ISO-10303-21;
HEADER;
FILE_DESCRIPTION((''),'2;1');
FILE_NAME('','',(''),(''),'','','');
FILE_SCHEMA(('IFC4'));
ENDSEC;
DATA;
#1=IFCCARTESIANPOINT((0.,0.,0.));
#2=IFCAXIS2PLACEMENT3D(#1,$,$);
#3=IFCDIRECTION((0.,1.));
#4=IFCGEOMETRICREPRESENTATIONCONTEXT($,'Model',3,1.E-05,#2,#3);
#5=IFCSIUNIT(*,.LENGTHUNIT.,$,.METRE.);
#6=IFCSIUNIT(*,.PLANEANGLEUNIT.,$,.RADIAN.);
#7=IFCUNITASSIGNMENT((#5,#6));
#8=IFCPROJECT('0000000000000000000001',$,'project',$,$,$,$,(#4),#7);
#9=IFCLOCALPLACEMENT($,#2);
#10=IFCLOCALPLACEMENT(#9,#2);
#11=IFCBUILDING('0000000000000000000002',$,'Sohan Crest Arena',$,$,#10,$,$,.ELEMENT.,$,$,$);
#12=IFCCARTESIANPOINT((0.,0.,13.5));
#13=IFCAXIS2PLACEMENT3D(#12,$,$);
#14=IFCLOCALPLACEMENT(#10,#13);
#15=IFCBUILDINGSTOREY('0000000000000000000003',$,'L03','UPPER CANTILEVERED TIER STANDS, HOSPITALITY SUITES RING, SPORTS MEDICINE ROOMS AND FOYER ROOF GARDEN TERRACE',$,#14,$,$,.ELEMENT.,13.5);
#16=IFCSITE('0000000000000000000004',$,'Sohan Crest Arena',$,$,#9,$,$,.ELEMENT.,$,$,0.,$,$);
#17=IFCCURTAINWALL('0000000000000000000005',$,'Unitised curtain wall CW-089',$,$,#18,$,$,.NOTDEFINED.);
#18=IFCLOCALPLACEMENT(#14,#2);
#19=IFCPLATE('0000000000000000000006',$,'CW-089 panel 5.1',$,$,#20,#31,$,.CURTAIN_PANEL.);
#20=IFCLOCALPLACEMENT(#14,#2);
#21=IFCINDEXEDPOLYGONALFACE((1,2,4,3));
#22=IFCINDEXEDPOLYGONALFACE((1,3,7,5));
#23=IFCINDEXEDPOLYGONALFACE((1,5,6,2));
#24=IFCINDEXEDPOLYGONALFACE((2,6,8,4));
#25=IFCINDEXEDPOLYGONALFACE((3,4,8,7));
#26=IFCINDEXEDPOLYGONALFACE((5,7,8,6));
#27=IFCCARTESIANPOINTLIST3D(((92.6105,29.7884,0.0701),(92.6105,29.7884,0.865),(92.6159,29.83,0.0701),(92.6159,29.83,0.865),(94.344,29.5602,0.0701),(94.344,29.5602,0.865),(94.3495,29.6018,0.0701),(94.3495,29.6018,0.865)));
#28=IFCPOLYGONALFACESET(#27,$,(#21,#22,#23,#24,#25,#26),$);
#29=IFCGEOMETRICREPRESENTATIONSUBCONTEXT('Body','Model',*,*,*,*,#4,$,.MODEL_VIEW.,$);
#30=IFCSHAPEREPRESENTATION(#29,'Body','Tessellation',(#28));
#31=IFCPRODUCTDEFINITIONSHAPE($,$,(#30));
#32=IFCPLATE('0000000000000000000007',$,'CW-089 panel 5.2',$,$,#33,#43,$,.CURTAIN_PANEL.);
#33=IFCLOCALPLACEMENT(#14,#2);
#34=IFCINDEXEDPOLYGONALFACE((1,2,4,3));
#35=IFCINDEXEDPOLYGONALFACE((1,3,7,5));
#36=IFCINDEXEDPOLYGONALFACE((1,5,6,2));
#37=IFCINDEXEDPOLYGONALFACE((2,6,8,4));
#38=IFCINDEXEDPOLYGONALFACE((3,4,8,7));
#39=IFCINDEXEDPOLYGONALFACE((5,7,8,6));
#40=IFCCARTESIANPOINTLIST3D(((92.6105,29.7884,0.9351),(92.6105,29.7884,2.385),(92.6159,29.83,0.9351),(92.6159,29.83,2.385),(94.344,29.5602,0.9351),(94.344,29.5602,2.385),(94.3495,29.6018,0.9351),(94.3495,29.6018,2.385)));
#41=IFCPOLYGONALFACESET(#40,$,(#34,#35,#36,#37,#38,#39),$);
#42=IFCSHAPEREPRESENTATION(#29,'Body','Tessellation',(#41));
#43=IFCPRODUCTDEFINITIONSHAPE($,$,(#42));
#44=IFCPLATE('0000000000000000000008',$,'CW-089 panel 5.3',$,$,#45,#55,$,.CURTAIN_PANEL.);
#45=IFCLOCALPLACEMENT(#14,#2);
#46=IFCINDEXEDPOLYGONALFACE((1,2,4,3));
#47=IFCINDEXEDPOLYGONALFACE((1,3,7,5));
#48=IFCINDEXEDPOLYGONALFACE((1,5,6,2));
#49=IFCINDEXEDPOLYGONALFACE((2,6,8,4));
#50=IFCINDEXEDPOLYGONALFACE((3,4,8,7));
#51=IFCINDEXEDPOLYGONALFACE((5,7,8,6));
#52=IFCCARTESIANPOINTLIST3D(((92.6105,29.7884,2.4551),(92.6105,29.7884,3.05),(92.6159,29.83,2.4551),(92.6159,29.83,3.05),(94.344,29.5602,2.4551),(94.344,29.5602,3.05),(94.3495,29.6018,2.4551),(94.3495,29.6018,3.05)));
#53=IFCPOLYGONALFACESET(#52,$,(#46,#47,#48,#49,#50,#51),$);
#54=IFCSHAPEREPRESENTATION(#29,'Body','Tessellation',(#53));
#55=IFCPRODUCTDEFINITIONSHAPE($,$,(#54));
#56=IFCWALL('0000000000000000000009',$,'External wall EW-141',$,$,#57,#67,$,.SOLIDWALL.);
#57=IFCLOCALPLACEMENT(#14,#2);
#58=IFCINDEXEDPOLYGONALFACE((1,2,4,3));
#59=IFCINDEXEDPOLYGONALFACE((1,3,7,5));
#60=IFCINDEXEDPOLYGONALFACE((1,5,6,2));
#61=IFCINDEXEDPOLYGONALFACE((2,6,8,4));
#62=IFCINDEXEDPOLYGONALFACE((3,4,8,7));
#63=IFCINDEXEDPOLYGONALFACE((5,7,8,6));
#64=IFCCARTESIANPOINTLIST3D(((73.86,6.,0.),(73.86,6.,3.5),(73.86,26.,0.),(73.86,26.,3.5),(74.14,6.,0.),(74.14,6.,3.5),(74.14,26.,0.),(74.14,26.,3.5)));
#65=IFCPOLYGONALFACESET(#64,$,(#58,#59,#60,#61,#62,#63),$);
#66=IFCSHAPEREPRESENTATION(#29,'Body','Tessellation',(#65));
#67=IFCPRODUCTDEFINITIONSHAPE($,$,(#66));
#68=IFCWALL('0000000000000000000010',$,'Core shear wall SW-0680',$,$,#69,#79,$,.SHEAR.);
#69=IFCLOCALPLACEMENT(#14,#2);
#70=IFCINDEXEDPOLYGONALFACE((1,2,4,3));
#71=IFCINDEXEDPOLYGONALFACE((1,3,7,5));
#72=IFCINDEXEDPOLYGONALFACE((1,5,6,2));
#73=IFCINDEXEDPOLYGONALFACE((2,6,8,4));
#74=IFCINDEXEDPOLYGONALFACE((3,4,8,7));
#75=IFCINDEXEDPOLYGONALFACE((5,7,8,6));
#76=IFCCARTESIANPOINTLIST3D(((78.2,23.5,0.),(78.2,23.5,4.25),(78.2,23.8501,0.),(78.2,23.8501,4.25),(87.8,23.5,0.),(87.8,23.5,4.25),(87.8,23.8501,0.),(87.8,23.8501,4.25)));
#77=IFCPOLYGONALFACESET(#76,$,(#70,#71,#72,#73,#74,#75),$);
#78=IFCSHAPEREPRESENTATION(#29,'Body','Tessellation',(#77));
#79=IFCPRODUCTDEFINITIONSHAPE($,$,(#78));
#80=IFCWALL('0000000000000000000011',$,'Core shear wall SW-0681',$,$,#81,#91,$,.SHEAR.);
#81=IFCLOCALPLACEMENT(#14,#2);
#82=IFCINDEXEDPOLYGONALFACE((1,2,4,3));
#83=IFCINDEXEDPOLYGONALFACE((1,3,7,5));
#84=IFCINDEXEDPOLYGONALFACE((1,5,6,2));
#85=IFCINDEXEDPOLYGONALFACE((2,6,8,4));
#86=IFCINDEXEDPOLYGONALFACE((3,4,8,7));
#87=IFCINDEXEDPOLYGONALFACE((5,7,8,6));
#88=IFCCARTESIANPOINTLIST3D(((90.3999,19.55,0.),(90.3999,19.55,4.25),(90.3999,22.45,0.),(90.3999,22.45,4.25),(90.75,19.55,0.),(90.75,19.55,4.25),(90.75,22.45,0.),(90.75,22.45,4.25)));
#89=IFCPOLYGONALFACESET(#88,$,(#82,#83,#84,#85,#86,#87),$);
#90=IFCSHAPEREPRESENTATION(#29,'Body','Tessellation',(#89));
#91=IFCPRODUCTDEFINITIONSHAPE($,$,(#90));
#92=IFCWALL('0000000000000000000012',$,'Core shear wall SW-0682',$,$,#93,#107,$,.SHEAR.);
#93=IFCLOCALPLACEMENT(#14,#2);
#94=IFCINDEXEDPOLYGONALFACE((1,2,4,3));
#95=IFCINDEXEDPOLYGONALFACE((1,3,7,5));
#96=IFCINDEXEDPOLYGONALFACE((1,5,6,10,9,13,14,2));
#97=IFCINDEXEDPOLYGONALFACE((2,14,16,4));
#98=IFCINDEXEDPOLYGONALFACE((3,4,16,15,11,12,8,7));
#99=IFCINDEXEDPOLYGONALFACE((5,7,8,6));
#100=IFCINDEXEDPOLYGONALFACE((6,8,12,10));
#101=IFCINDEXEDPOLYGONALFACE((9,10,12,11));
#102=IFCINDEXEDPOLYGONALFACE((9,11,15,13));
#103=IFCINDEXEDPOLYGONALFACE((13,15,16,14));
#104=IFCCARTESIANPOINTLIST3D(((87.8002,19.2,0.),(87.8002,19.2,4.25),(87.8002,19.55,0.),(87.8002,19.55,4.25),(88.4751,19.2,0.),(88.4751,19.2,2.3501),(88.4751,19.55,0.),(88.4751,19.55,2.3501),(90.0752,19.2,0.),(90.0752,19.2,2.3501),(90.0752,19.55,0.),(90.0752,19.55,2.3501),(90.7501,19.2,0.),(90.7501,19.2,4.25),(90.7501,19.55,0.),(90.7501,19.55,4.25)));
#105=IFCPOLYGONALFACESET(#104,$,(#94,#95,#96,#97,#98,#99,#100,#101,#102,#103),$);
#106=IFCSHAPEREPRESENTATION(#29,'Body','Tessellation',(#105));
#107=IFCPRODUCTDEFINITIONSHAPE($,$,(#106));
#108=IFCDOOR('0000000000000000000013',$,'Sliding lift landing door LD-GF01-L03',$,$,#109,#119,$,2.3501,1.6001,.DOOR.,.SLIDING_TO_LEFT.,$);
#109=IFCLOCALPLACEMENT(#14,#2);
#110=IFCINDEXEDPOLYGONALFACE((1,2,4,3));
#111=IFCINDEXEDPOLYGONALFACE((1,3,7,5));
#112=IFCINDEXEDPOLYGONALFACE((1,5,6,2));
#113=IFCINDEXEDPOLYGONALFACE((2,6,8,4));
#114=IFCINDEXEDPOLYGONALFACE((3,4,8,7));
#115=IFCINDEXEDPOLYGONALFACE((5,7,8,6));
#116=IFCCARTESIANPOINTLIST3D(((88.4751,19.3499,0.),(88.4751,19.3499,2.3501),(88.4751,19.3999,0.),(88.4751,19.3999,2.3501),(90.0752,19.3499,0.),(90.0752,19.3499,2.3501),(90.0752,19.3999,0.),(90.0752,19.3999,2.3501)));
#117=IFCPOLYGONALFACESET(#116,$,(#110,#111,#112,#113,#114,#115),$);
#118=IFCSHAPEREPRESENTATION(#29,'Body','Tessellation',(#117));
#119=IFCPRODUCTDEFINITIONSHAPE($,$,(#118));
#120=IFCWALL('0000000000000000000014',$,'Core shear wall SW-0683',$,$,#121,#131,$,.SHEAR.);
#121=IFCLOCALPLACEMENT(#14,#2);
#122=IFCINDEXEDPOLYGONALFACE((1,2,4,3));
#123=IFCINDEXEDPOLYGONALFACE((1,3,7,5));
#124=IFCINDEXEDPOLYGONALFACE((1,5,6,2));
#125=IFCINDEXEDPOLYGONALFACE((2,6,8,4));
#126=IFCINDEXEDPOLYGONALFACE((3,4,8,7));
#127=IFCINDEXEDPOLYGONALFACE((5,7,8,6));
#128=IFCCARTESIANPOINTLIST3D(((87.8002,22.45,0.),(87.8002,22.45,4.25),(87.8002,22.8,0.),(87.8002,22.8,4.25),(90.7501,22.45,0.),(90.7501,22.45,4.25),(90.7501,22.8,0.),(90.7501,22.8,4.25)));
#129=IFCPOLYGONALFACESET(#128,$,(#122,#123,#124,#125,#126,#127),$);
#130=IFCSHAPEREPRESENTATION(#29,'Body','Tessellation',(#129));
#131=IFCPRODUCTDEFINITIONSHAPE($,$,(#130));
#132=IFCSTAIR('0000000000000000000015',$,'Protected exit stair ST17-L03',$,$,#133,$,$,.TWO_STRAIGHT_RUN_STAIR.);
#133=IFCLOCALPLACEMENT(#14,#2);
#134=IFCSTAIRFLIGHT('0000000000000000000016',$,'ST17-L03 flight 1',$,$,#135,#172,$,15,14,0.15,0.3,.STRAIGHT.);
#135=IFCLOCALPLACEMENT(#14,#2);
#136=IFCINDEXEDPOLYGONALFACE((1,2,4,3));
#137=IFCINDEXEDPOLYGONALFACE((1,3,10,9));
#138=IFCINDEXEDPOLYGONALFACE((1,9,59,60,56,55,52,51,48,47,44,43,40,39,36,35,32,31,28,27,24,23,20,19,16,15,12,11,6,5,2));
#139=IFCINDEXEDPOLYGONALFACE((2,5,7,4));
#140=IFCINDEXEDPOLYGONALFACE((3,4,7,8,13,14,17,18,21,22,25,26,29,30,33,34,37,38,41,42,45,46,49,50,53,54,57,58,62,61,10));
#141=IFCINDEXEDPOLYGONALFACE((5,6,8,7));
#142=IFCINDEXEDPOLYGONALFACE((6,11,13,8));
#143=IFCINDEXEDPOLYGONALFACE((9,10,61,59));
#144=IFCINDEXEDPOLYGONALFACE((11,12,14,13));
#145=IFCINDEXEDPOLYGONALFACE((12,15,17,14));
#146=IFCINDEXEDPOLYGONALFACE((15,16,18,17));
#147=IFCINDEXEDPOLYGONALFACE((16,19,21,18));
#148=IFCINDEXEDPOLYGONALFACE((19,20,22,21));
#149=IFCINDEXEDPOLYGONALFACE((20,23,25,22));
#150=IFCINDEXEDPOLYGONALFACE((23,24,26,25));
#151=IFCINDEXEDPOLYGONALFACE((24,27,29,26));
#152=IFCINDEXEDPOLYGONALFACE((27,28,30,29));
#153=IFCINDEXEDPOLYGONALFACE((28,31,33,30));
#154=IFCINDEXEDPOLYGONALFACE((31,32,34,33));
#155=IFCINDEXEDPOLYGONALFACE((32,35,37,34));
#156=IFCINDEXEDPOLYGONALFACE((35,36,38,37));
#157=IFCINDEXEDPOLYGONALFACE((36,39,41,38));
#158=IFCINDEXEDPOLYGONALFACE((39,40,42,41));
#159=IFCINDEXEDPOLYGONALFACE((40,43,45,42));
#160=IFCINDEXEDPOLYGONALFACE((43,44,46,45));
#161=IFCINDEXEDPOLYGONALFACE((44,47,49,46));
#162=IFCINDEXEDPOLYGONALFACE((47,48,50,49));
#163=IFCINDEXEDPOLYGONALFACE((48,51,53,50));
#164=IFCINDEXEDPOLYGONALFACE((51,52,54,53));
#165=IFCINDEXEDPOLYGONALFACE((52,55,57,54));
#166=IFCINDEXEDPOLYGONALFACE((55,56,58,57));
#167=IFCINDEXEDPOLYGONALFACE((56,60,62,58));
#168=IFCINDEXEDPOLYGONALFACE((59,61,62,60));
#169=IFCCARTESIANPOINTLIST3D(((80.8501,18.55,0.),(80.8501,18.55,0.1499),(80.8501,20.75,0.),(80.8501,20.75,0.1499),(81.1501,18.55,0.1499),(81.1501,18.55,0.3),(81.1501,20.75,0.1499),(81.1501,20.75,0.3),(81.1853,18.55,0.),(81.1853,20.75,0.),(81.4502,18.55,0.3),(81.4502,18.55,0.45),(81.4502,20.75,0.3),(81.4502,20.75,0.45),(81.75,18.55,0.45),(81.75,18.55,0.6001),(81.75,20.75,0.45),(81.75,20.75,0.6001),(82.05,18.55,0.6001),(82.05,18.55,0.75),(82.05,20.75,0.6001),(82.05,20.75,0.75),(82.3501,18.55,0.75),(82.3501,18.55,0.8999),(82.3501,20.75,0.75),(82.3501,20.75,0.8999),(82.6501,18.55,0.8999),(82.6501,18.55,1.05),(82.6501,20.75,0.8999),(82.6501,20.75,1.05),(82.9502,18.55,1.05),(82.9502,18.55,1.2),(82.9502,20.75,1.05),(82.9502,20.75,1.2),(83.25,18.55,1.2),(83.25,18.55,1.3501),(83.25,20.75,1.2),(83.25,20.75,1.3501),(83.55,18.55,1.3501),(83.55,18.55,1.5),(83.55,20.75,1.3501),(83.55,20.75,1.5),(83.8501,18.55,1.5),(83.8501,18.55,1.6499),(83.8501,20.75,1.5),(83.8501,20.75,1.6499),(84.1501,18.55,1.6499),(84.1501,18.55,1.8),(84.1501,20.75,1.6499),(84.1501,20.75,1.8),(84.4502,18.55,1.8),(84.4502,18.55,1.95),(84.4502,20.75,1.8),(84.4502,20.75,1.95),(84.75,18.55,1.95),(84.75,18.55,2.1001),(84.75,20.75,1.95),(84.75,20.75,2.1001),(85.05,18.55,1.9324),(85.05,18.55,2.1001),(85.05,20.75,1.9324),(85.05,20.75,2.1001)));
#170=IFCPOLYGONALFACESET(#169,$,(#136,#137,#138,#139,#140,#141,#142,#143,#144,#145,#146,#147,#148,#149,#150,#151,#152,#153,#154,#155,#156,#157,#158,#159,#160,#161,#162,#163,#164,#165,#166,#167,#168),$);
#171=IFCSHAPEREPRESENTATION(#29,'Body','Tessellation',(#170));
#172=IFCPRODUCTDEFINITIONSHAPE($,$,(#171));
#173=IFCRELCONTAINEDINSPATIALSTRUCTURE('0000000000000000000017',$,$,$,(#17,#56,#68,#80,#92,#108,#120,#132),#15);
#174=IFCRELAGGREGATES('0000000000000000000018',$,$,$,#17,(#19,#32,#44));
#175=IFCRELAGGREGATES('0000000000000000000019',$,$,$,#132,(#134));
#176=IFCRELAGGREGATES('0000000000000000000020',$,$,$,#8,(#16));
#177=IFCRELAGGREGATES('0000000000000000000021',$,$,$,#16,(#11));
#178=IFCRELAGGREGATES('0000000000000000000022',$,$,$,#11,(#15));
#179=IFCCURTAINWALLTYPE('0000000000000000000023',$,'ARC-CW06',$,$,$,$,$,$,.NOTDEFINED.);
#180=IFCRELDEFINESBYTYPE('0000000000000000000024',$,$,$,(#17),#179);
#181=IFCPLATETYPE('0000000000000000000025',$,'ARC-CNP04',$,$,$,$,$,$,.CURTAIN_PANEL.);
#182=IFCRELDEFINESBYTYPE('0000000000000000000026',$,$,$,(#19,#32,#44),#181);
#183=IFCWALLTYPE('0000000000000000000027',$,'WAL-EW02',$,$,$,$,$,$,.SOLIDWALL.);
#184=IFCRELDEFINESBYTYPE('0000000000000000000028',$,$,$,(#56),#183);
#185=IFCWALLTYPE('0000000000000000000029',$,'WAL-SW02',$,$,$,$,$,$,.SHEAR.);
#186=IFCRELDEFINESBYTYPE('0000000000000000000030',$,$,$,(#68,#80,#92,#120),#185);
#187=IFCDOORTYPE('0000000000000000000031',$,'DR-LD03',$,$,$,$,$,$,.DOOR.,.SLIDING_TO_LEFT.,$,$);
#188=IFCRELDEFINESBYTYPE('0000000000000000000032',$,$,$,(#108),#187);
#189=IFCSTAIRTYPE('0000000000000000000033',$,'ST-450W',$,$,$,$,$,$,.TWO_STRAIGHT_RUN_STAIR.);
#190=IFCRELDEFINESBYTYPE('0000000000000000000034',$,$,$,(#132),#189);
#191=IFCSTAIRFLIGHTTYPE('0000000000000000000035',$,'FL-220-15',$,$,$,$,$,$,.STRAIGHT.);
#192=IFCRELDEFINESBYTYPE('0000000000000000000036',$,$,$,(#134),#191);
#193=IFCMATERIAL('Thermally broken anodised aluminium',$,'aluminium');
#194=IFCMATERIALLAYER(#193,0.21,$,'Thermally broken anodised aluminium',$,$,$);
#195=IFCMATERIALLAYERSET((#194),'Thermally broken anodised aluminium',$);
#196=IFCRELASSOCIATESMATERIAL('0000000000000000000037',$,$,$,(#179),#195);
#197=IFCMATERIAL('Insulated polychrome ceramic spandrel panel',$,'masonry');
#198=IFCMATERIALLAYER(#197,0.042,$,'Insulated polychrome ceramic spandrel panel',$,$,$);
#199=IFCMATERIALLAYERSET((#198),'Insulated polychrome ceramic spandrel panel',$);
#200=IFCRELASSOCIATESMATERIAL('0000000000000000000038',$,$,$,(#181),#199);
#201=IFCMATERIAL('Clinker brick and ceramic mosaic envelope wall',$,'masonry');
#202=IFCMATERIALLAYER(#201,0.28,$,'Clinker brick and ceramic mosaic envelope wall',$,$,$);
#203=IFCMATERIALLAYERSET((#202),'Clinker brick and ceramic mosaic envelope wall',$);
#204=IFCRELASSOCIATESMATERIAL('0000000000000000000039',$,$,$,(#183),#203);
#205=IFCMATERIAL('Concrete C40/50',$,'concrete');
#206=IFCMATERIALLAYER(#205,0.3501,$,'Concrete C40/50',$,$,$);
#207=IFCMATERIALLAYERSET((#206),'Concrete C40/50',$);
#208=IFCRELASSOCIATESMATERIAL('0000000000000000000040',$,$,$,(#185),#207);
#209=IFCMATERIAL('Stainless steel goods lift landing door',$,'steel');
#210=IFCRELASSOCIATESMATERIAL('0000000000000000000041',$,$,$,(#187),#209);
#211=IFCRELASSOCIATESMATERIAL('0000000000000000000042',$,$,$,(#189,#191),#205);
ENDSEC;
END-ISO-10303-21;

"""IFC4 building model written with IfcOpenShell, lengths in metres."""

from ifc_helpers import new_model, si_unit, direction, frame, frame_2d, origin, origin_2d, place, context, subcontext, project, spatial, polyline, rectangle, outline, extrude, material, layer, layer_set, type_object, element, fill, aggregate, save


model = new_model("IFC4")

# Units and contexts
model_context = context("Model", 3, precision=1e-05, world=origin(), true_north=direction((0.0, 1.0)))
body_context = subcontext(model_context, "Body", "Model", "MODEL_VIEW")
ifc_project = project(units=[si_unit("LENGTHUNIT", "METRE"), si_unit("PLANEANGLEUNIT", "RADIAN")], contexts=[model_context])

# Site, building, storey
site_placement = place(None, origin())
site = spatial("IfcSite", under=ifc_project, at=site_placement, Name="Sohan Crest Arena", CompositionType="ELEMENT", RefElevation=0.0)
building_placement = place(site_placement, origin())
building = spatial("IfcBuilding", under=site, at=building_placement, Name="Sohan Crest Arena", CompositionType="ELEMENT")
storey_placement = place(building_placement, frame((0.0, 0.0, 13.5)))
storey = spatial("IfcBuildingStorey", under=building, at=storey_placement, Name="L03", Description="UPPER CANTILEVERED TIER STANDS, HOSPITALITY SUITES RING, SPORTS MEDICINE ROOMS AND FOYER ROOF GARDEN TERRACE", CompositionType="ELEMENT", Elevation=13.5)

# Curtain wall
ifc_material_1 = material(Name="Thermally broken anodised aluminium", Category="aluminium")
ifc_layer_1 = layer(ifc_material_1, 0.21, Name="Thermally broken anodised aluminium")
ifc_layer_set_1 = layer_set([ifc_layer_1], Name="Thermally broken anodised aluminium")
curtain_wall_type = type_object("IfcCurtainWallType", Name="ARC-CW06", PredefinedType="NOTDEFINED", material=ifc_layer_set_1)
curtain_wall_placement = place(storey_placement, origin())
curtain_wall = element("IfcCurtainWall", 1, at=curtain_wall_placement, inside=storey, type_object=curtain_wall_type, Name="Unitised curtain wall CW-089", PredefinedType="NOTDEFINED")

# Plates
ifc_material_2 = material(Name="Insulated polychrome ceramic spandrel panel", Category="masonry")
ifc_layer_2 = layer(ifc_material_2, 0.042, Name="Insulated polychrome ceramic spandrel panel")
ifc_layer_set_2 = layer_set([ifc_layer_2], Name="Insulated polychrome ceramic spandrel panel")
plate_type = type_object("IfcPlateType", Name="ARC-CNP04", PredefinedType="CURTAIN_PANEL", material=ifc_layer_set_2)
plate_1_placement = place(storey_placement, frame((93.48, 29.6951, 0.0701), z_axis=(0.0, 0.0, 1.0), x_axis=(0.991447, -0.130511, 0.0)))
plate_1 = element("IfcPlate", 2, at=plate_1_placement, type_object=plate_type, Name="CW-089 panel 5.1", PredefinedType="CURTAIN_PANEL", context=body_context, shape_type="SweptSolid", body=[
    extrude(rectangle(XDim=1.7485, YDim=0.042, at=origin_2d()), origin(), (0.0, 0.0, 1.0), 0.7949),
])
plate_2_placement = place(storey_placement, frame((93.48, 29.6951, 0.9351), z_axis=(0.0, 0.0, 1.0), x_axis=(0.991447, -0.130511, 0.0)))
plate_2 = element("IfcPlate", 3, at=plate_2_placement, type_object=plate_type, Name="CW-089 panel 5.2", PredefinedType="CURTAIN_PANEL", context=body_context, shape_type="SweptSolid", body=[
    extrude(rectangle(XDim=1.7485, YDim=0.042, at=origin_2d()), origin(), (0.0, 0.0, 1.0), 1.45),
])
plate_3_placement = place(storey_placement, frame((93.48, 29.6951, 2.4551), z_axis=(0.0, 0.0, 1.0), x_axis=(0.991447, -0.130511, 0.0)))
plate_3 = element("IfcPlate", 4, at=plate_3_placement, type_object=plate_type, Name="CW-089 panel 5.3", PredefinedType="CURTAIN_PANEL", context=body_context, shape_type="SweptSolid", body=[
    extrude(rectangle(XDim=1.7485, YDim=0.042, at=origin_2d()), origin(), (0.0, 0.0, 1.0), 0.595),
])
aggregate(curtain_wall, [plate_1, plate_2, plate_3])

# Walls
ifc_material_3 = material(Name="Clinker brick and ceramic mosaic envelope wall", Category="masonry")
ifc_layer_3 = layer(ifc_material_3, 0.28, Name="Clinker brick and ceramic mosaic envelope wall")
ifc_layer_set_3 = layer_set([ifc_layer_3], Name="Clinker brick and ceramic mosaic envelope wall")
wall_type_1 = type_object("IfcWallType", Name="WAL-EW02", PredefinedType="SOLIDWALL", material=ifc_layer_set_3)
wall_1_placement = place(storey_placement, frame((74.0, 26.0, 0.0), z_axis=(0.0, 0.0, 1.0), x_axis=(0.0, -1.0, 0.0)))
element("IfcWall", 5, at=wall_1_placement, inside=storey, type_object=wall_type_1, Name="External wall EW-141", PredefinedType="SOLIDWALL", context=body_context, shape_type="SweptSolid", body=[
    extrude(rectangle(XDim=20.0, YDim=0.28, at=frame_2d((10.0, 0.0))), origin(), (0.0, 0.0, 1.0), 3.5),
])
ifc_material_4 = material(Name="Concrete C40/50", Category="concrete")
ifc_layer_4 = layer(ifc_material_4, 0.3501, Name="Concrete C40/50")
ifc_layer_set_4 = layer_set([ifc_layer_4], Name="Concrete C40/50")
wall_type_2 = type_object("IfcWallType", Name="WAL-SW02", PredefinedType="SHEAR", material=ifc_layer_set_4)
wall_2_placement = place(storey_placement, frame((78.2, 23.675, 0.0), z_axis=(0.0, 0.0, 1.0), x_axis=(1.0, 0.0, 0.0)))
element("IfcWall", 6, at=wall_2_placement, inside=storey, type_object=wall_type_2, Name="Core shear wall SW-0680", PredefinedType="SHEAR", context=body_context, shape_type="SweptSolid", body=[
    extrude(rectangle(XDim=9.6001, YDim=0.3501, at=frame_2d((4.8, 0.0))), origin(), (0.0, 0.0, 1.0), 4.25),
])
wall_3_placement = place(storey_placement, frame((90.575, 19.55, 0.0), z_axis=(0.0, 0.0, 1.0), x_axis=(0.0, 1.0, 0.0)))
element("IfcWall", 7, at=wall_3_placement, inside=storey, type_object=wall_type_2, Name="Core shear wall SW-0681", PredefinedType="SHEAR", context=body_context, shape_type="SweptSolid", body=[
    extrude(rectangle(XDim=2.8999, YDim=0.3501, at=frame_2d((1.45, 0.0))), origin(), (0.0, 0.0, 1.0), 4.25),
])

# Wall, opening, door
wall_4_placement = place(storey_placement, frame((87.8, 19.375, 0.0), z_axis=(0.0, 0.0, 1.0), x_axis=(1.0, 0.0, 0.0)))
wall_4 = element("IfcWall", 8, at=wall_4_placement, inside=storey, type_object=wall_type_2, Name="Core shear wall SW-0682", PredefinedType="SHEAR", context=body_context, shape_type="SweptSolid", body=[
    extrude(rectangle(XDim=2.95, YDim=0.3501, at=frame_2d((1.4751, 0.0))), origin(), (0.0, 0.0, 1.0), 4.25),
])
opening_placement = place(wall_4_placement, frame((0.675, 0.0, 0.0)))
opening = element("IfcOpeningElement", 9, at=opening_placement, cuts=wall_4, PredefinedType="OPENING", context=body_context, shape_type="SweptSolid", body=[
    extrude(rectangle(XDim=1.6001, YDim=2.3501, at=frame_2d((0.8, 1.175))), frame((0.0, 0.1851, 0.0), z_axis=(0.0, -1.0, 0.0), x_axis=(1.0, 0.0, 0.0)), (0.0, 0.0, 1.0), 0.3701),
])
ifc_material_5 = material(Name="Stainless steel goods lift landing door", Category="steel")
door_type = type_object("IfcDoorType", Name="DR-LD03", OperationType="SLIDING_TO_LEFT", PredefinedType="DOOR", material=ifc_material_5)
door_placement = place(opening_placement, origin())
door = element("IfcDoor", 10, at=door_placement, inside=storey, type_object=door_type, Name="Sliding lift landing door LD-GF01-L03", OperationType="SLIDING_TO_LEFT", OverallHeight=2.3501, OverallWidth=1.6001, PredefinedType="DOOR", context=body_context, shape_type="SweptSolid", body=[
    extrude(rectangle(XDim=1.6001, YDim=2.3501, at=frame_2d((0.8, 1.175))), frame((0.0, 0.0249, 0.0), z_axis=(0.0, -1.0, 0.0), x_axis=(1.0, 0.0, 0.0)), (0.0, 0.0, 1.0), 0.05),
])
fill(opening, door)

# Wall
wall_5_placement = place(storey_placement, frame((87.8, 22.625, 0.0), z_axis=(0.0, 0.0, 1.0), x_axis=(1.0, 0.0, 0.0)))
element("IfcWall", 11, at=wall_5_placement, inside=storey, type_object=wall_type_2, Name="Core shear wall SW-0683", PredefinedType="SHEAR", context=body_context, shape_type="SweptSolid", body=[
    extrude(rectangle(XDim=2.95, YDim=0.3501, at=frame_2d((1.4751, 0.0))), origin(), (0.0, 0.0, 1.0), 4.25),
])

# Stair, stair flight
stair_type = type_object("IfcStairType", Name="ST-450W", PredefinedType="TWO_STRAIGHT_RUN_STAIR", material=ifc_material_4)
stair_placement = place(storey_placement, origin())
stair = element("IfcStair", 12, at=stair_placement, inside=storey, type_object=stair_type, Name="Protected exit stair ST17-L03", PredefinedType="TWO_STRAIGHT_RUN_STAIR")
stair_flight_type = type_object("IfcStairFlightType", Name="FL-220-15", PredefinedType="STRAIGHT", material=ifc_material_4)
stair_flight_1_placement = place(storey_placement, frame((80.8501, 19.6499, 0.0), z_axis=(0.0, 0.0, 1.0), x_axis=(1.0, 0.0, 0.0)))
stair_flight_1 = element("IfcStairFlight", 13, at=stair_flight_1_placement, type_object=stair_flight_type, Name="ST17-L03 flight 1", NumberOfRisers=15, NumberOfTreads=14, PredefinedType="STRAIGHT", RiserHeight=0.15, TreadLength=0.3, context=body_context, shape_type="SweptSolid", body=[
    extrude(outline(polyline([(0.0, 0.0), (0.0, 0.1499), (0.3, 0.1499), (0.3, 0.3), (0.6001, 0.3), (0.6001, 0.45), (0.8999, 0.45), (0.8999, 0.6001), (1.2, 0.6001), (1.2, 0.75), (1.5, 0.75), (1.5, 0.8999), (1.8, 0.8999), (1.8, 1.05), (2.1001, 1.05), (2.1001, 1.2), (2.3999, 1.2), (2.3999, 1.3501), (2.7, 1.3501), (2.7, 1.5), (3.0, 1.5), (3.0, 1.6499), (3.3, 1.6499), (3.3, 1.8), (3.6001, 1.8), (3.6001, 1.95), (3.8999, 1.95), (3.8999, 2.1001), (4.2, 2.1001), (4.2, 2.25), (4.2, 1.9324), (0.3352, 0.0), (0.0, 0.0)])), frame((0.0, 1.1001, 0.0), z_axis=(0.0, -1.0, 0.0), x_axis=(1.0, 0.0, 0.0)), (0.0, 0.0, 1.0), 2.2),
])
aggregate(stair, [stair_flight_1])

save(model, "model.ifc")
